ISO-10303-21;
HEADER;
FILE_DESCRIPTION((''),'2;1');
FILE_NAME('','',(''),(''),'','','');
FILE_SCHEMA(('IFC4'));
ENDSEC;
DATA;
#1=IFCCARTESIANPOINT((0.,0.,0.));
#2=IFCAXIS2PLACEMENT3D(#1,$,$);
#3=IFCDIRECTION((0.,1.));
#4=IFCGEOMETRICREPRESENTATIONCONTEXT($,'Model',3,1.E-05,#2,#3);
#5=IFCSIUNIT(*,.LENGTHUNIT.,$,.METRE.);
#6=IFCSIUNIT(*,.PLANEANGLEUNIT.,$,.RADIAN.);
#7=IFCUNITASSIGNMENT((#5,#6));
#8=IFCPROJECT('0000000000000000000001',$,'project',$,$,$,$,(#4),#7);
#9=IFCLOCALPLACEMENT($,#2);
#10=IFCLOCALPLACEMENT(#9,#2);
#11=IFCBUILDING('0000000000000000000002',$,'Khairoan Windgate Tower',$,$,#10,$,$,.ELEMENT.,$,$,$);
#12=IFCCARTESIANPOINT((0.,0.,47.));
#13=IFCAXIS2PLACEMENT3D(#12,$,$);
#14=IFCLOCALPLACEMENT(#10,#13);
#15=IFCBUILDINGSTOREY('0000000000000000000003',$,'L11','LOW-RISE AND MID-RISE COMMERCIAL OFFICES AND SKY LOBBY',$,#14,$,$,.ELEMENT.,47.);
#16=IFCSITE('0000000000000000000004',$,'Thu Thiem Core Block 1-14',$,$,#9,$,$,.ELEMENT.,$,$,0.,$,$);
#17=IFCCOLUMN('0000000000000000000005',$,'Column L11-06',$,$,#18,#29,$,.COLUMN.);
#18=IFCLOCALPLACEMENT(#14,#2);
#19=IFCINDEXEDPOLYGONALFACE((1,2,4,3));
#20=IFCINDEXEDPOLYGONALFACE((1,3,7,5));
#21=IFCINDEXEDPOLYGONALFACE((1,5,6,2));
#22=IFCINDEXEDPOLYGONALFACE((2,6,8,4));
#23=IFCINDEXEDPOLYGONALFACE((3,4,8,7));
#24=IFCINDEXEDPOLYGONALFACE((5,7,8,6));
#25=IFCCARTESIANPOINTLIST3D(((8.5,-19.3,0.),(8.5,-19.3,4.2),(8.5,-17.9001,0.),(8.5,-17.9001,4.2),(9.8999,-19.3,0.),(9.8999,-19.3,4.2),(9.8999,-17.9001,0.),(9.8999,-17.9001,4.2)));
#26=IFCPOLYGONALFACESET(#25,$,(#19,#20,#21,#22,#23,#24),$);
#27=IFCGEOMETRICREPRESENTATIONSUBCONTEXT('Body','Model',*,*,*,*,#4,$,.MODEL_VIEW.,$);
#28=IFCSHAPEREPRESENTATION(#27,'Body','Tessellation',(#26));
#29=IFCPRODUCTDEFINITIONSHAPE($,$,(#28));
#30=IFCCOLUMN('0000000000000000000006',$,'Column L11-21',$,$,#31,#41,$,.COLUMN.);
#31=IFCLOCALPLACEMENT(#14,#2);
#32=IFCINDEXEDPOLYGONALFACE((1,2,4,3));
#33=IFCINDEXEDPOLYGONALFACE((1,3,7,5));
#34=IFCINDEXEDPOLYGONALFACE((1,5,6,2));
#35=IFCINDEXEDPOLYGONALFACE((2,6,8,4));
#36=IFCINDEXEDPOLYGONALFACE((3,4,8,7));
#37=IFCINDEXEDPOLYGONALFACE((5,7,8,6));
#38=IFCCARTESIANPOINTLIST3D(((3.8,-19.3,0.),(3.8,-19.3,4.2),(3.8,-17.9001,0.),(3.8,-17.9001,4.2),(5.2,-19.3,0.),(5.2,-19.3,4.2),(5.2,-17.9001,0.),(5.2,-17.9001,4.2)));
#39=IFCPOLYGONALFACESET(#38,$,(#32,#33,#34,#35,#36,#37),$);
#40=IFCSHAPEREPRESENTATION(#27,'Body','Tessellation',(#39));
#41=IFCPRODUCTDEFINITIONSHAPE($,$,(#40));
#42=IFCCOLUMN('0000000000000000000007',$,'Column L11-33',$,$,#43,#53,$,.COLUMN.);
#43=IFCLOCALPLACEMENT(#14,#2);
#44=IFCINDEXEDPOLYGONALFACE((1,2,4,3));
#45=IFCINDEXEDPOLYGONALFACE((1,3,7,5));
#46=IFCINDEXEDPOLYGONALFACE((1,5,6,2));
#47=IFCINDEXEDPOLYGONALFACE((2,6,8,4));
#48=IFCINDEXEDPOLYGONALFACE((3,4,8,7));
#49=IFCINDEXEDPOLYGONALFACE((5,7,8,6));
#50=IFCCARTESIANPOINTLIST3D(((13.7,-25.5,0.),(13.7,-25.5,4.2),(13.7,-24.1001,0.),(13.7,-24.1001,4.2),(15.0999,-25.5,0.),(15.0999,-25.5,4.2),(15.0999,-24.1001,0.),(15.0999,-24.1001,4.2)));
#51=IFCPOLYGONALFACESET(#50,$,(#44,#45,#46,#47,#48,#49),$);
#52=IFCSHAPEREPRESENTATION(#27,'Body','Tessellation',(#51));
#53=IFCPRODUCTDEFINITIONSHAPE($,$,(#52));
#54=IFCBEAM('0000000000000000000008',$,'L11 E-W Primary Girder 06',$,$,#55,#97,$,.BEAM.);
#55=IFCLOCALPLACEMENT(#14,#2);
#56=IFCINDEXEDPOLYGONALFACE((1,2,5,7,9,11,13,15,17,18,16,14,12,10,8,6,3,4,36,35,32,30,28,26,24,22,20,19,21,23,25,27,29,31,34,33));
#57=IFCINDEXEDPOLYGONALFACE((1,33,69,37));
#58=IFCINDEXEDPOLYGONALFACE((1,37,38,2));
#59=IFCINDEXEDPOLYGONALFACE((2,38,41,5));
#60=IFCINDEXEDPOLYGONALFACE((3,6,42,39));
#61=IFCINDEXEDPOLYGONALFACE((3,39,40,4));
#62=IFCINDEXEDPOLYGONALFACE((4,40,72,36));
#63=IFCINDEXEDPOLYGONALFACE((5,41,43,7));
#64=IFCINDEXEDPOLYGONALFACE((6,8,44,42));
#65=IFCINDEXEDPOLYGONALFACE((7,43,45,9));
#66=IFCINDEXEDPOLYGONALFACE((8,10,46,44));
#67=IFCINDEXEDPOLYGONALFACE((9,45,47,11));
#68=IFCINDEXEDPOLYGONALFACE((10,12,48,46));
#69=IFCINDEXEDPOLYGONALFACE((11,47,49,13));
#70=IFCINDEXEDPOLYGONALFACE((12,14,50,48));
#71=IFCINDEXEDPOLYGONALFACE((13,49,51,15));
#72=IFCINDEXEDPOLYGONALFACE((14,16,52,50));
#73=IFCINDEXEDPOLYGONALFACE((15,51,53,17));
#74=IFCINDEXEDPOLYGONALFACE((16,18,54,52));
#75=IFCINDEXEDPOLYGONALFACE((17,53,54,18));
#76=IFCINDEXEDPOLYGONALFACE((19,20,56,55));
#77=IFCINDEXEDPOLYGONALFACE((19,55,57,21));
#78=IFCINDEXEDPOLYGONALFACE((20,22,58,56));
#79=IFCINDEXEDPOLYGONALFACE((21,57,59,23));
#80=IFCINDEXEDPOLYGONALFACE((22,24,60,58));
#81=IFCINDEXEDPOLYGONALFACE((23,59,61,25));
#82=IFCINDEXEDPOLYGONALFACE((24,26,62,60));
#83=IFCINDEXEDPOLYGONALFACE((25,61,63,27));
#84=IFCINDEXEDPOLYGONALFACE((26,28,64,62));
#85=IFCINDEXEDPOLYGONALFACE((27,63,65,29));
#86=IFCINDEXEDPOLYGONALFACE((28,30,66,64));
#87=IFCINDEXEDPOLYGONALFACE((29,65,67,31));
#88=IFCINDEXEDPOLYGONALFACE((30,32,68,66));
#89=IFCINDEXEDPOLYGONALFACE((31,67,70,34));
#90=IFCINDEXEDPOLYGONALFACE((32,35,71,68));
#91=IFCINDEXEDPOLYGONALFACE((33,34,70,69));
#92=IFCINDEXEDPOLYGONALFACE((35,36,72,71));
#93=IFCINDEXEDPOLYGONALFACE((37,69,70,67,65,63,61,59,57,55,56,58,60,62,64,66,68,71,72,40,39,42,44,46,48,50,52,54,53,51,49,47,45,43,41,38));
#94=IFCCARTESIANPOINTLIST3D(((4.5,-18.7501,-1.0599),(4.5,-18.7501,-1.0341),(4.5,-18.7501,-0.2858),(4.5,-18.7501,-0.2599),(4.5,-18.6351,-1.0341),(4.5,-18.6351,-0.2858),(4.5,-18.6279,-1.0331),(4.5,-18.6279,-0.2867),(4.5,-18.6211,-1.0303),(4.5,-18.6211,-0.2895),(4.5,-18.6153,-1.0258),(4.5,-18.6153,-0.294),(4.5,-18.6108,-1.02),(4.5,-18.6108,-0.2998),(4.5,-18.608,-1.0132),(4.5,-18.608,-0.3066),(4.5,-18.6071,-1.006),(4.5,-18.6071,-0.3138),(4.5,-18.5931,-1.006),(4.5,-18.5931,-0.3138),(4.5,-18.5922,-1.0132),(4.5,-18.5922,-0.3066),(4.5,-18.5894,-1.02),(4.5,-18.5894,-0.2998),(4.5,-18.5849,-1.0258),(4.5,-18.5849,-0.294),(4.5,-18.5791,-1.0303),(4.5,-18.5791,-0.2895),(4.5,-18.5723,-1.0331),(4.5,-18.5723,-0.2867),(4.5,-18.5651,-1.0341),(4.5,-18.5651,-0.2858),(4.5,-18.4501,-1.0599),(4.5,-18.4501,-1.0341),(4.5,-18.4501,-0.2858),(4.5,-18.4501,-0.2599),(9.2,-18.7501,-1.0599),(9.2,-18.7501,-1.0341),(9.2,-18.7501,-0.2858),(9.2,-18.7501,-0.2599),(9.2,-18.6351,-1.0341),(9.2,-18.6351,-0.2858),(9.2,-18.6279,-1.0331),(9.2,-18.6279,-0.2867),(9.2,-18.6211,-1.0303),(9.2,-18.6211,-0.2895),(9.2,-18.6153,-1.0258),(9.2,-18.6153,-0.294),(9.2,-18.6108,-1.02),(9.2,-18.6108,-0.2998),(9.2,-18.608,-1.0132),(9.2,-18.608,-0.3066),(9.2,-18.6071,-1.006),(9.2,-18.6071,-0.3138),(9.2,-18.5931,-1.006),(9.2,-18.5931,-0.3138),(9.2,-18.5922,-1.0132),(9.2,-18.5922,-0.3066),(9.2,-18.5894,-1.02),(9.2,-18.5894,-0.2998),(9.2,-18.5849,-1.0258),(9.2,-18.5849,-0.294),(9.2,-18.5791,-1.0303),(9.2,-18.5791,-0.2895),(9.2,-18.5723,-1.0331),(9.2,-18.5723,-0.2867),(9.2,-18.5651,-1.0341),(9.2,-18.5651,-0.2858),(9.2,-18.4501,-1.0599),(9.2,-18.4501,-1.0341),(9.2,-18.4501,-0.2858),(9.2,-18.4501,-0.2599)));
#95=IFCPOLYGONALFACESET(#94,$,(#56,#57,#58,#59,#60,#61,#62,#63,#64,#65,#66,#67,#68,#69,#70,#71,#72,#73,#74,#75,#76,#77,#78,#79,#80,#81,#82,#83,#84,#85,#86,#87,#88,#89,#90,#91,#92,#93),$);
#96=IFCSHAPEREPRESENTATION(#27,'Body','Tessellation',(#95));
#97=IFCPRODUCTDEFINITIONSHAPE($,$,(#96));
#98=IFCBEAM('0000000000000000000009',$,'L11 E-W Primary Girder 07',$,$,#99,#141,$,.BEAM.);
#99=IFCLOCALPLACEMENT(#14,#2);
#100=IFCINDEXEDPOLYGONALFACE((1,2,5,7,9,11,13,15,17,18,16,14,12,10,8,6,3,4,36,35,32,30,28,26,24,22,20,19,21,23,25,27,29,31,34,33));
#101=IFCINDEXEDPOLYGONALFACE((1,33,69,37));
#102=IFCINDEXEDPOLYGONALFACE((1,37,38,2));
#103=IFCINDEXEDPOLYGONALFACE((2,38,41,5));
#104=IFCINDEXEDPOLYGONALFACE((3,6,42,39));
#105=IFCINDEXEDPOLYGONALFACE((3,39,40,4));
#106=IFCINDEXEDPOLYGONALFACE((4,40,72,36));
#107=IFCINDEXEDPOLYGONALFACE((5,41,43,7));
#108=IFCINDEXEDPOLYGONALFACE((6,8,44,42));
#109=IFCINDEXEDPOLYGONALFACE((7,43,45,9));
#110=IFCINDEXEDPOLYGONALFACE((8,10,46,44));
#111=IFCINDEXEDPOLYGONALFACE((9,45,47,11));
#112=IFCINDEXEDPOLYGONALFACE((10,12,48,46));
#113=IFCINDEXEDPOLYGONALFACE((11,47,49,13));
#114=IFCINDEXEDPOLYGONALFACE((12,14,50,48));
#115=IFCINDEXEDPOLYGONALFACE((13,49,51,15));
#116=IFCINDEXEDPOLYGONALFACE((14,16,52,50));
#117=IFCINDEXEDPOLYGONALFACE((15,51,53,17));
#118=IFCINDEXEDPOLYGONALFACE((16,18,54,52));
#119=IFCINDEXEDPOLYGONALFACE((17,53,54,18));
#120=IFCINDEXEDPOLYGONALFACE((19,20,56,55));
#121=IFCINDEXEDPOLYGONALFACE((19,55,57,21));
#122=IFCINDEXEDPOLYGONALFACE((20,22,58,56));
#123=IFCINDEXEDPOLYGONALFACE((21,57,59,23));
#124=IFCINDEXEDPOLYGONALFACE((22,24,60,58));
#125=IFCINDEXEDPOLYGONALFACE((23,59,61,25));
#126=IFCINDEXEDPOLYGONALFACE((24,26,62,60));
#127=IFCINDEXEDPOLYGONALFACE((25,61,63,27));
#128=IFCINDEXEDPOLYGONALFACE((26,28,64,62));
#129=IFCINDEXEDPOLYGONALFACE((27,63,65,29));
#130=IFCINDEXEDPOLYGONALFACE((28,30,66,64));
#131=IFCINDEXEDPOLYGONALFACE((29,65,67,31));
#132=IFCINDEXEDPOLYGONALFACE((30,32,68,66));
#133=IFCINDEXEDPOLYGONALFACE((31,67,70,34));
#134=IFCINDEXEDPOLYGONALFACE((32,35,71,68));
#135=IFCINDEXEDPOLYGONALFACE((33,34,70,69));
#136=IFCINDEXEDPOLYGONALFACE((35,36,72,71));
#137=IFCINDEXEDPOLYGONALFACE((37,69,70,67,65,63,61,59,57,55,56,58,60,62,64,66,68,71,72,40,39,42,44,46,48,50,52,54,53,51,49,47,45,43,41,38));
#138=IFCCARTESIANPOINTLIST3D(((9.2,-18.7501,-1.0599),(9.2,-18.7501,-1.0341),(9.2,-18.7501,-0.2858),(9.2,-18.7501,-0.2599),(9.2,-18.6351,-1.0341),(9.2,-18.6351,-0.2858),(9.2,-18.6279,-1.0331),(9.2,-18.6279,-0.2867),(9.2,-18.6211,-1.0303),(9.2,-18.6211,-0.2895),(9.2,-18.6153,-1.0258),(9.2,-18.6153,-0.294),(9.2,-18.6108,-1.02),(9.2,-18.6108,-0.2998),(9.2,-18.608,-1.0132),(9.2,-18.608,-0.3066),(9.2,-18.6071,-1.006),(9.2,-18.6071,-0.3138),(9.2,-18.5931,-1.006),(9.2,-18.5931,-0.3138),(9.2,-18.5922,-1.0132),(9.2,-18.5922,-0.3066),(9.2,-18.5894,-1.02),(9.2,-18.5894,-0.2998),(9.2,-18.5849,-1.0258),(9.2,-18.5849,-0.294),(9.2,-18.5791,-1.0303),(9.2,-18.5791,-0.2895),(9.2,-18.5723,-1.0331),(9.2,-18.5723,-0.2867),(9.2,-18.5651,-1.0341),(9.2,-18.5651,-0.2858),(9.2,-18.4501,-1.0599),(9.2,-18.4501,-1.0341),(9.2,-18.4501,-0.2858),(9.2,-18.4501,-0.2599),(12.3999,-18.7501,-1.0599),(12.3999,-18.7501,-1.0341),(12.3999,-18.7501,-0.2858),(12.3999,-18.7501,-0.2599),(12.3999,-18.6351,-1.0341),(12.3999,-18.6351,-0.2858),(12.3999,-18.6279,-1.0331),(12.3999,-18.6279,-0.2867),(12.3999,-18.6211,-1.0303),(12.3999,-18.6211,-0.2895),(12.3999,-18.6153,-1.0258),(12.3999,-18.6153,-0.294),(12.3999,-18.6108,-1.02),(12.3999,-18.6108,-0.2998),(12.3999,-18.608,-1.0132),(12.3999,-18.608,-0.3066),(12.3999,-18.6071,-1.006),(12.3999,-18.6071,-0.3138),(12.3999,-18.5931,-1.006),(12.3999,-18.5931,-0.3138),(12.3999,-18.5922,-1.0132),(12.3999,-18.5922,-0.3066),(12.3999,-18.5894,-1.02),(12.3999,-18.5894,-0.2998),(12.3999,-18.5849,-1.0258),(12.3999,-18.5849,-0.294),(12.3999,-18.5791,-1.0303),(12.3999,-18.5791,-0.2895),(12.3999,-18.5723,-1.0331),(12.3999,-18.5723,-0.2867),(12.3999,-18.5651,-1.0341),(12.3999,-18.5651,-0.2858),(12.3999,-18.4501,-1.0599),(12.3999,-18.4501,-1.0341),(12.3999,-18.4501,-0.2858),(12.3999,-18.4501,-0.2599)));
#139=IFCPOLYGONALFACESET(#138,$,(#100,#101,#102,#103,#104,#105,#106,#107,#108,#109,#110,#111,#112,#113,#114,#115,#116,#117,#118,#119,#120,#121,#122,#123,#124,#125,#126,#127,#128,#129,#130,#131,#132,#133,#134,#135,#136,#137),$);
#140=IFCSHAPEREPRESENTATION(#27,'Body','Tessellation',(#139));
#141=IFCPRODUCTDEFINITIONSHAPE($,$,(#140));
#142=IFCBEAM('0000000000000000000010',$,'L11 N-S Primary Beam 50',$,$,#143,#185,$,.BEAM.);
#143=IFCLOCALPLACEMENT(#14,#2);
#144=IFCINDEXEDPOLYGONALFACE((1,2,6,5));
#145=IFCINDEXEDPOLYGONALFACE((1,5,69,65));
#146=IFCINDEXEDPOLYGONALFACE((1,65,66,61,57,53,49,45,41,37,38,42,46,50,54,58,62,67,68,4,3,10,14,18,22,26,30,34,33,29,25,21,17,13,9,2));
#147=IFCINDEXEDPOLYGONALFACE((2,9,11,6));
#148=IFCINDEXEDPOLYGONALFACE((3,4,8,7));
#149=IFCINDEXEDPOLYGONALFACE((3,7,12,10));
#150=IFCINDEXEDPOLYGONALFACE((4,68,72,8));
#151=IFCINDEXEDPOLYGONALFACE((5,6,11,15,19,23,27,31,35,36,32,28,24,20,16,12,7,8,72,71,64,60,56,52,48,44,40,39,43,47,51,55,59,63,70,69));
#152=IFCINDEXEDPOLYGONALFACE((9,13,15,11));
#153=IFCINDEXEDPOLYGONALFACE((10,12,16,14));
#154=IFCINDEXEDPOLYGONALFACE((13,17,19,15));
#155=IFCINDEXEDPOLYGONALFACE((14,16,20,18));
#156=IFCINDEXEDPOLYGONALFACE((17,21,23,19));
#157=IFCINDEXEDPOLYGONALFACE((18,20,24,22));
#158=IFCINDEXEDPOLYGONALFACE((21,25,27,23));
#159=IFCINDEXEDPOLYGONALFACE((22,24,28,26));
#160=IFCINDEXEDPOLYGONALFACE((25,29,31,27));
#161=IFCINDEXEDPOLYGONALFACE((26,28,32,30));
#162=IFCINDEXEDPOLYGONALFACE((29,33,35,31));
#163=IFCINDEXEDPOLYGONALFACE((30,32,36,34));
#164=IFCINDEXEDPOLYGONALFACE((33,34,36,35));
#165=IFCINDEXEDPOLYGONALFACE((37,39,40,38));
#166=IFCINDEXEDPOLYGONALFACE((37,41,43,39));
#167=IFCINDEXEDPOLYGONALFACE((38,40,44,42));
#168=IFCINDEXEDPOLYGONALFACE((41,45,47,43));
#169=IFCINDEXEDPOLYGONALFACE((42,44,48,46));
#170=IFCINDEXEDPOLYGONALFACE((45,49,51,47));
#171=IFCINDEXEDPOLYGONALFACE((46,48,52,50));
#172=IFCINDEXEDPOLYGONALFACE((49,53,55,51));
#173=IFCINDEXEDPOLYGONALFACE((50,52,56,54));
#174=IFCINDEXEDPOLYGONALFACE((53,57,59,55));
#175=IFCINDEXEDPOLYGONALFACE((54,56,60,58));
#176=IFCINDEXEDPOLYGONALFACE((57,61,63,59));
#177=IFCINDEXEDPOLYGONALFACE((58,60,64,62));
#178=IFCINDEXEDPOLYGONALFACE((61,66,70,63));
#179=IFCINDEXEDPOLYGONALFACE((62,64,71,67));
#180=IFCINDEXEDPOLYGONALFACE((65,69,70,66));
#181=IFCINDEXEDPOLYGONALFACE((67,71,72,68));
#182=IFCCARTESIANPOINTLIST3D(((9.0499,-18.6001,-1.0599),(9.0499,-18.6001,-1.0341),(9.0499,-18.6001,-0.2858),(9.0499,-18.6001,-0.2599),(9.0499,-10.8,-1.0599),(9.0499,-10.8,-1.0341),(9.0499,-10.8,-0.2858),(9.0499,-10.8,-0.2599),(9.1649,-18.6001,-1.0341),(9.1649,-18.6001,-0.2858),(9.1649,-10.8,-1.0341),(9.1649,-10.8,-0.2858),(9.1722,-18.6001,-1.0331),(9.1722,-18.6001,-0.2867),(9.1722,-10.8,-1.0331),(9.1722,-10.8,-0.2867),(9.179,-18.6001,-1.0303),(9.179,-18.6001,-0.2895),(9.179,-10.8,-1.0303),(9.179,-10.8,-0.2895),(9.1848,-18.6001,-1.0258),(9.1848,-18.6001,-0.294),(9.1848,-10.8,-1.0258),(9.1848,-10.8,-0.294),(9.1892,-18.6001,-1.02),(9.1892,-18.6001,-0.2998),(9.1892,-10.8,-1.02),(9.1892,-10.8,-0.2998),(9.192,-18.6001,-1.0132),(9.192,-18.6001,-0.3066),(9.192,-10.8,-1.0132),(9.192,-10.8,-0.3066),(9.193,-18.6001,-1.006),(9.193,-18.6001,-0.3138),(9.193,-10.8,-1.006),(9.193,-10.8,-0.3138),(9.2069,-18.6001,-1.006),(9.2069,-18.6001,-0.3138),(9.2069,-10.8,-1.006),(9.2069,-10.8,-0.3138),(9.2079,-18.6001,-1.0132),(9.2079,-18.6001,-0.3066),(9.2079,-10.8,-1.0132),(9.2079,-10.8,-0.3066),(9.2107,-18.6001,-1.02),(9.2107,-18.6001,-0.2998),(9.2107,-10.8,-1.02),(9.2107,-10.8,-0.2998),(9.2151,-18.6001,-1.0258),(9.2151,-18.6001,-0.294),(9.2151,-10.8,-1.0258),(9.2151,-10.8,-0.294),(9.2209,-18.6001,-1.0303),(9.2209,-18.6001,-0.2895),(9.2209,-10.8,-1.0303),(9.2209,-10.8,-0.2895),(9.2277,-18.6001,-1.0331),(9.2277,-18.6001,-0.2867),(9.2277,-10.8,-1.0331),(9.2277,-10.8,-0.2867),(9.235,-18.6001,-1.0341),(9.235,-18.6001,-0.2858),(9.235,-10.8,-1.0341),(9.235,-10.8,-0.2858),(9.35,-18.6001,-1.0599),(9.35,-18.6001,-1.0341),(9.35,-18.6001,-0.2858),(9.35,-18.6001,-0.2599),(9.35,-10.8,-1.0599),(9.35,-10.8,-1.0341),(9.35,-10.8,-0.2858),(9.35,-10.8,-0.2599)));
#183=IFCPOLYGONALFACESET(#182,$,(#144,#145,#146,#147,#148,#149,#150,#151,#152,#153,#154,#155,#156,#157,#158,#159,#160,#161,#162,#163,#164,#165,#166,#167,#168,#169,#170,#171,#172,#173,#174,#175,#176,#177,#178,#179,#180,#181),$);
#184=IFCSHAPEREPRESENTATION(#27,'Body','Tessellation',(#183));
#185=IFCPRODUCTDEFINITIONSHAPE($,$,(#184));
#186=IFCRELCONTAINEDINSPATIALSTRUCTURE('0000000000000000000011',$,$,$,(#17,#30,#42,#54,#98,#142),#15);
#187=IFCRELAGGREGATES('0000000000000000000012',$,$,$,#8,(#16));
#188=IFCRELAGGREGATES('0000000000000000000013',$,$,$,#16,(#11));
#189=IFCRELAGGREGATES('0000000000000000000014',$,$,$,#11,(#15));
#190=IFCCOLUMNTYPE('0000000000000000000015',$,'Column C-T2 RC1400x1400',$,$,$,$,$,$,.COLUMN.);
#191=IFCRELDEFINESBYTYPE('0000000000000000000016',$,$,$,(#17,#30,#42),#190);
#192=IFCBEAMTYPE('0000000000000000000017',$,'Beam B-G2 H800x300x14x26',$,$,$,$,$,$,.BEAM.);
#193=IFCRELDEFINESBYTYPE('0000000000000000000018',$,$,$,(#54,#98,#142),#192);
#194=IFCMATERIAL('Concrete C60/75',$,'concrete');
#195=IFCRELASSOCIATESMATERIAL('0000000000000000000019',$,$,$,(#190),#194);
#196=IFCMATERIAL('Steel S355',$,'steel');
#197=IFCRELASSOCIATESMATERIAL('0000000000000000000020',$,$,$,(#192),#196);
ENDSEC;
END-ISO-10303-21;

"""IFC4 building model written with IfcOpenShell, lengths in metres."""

from ifc_helpers import new_model, si_unit, direction, frame, origin, origin_2d, place, context, subcontext, project, spatial, rectangle, i_section, extrude, material, material_profile, profile_set, type_object, element, save


model = new_model("IFC4")

# Units and contexts
model_context = context("Model", 3, precision=1e-05, world=origin(), true_north=direction((0.0, 1.0)))
body_context = subcontext(model_context, "Body", "Model", "MODEL_VIEW")
ifc_project = project(units=[si_unit("LENGTHUNIT", "METRE"), si_unit("PLANEANGLEUNIT", "RADIAN")], contexts=[model_context])

# Site, building, storey
site_placement = place(None, origin())
site = spatial("IfcSite", under=ifc_project, at=site_placement, Name="Thu Thiem Core Block 1-14", CompositionType="ELEMENT", RefElevation=0.0)
building_placement = place(site_placement, origin())
building = spatial("IfcBuilding", under=site, at=building_placement, Name="Khairoan Windgate Tower", CompositionType="ELEMENT")
storey_placement = place(building_placement, frame((0.0, 0.0, 47.0)))
storey = spatial("IfcBuildingStorey", under=building, at=storey_placement, Name="L11", Description="LOW-RISE AND MID-RISE COMMERCIAL OFFICES AND SKY LOBBY", CompositionType="ELEMENT", Elevation=47.0)

# Columns
ifc_material_1 = material(Name="Concrete C60/75", Category="concrete")
ifc_material_profile_1 = material_profile(ifc_material_1, rectangle(XDim=1.3999, YDim=1.3999, at=origin_2d()))
ifc_profile_set_1 = profile_set([ifc_material_profile_1], Name="Concrete C60/75")
column_type = type_object("IfcColumnType", Name="Column C-T2 RC1400x1400", PredefinedType="COLUMN", material=ifc_profile_set_1)
for number, where, z_axis, x_axis, name in (
    (1, (9.2, -18.6001, 0.0), (0.0, 0.0, 1.0), (1.0, 0.0, 0.0), "Column L11-06"),
    (2, (4.5, -18.6001, 0.0), (0.0, 0.0, 1.0), (1.0, 0.0, 0.0), "Column L11-21"),
    (3, (14.3999, -24.8, 0.0), (0.0, 0.0, 1.0), (1.0, 0.0, 0.0), "Column L11-33"),
):
    element("IfcColumn", number, at=place(storey_placement, frame(where, z_axis=z_axis, x_axis=x_axis)), inside=storey, type_object=column_type, Name=name, PredefinedType="COLUMN", context=body_context, shape_type="SweptSolid", body=[
        extrude(rectangle(XDim=1.3999, YDim=1.3999, at=origin_2d()), origin(), (0.0, 0.0, 1.0), 4.2),
    ])

# Beams
ifc_material_2 = material(Name="Steel S355", Category="steel")
ifc_material_profile_2 = material_profile(ifc_material_2, i_section(OverallWidth=0.3, OverallDepth=0.8, WebThickness=0.0139, FlangeThickness=0.0259, FilletRadius=0.0281, at=origin_2d()))
ifc_profile_set_2 = profile_set([ifc_material_profile_2], Name="Steel S355")
beam_type_1 = type_object("IfcBeamType", Name="Beam B-G2 H800x300x14x26", PredefinedType="BEAM", material=ifc_profile_set_2)
beam_1_placement = place(storey_placement, frame((4.5, -18.6001, -0.6599), z_axis=(1.0, 0.0, 0.0), x_axis=(0.0, 1.0, 0.0)))
element("IfcBeam", 4, at=beam_1_placement, inside=storey, type_object=beam_type_1, Name="L11 E-W Primary Girder 06", PredefinedType="BEAM", context=body_context, shape_type="SweptSolid", body=[
    extrude(i_section(OverallWidth=0.3, OverallDepth=0.8, WebThickness=0.0139, FlangeThickness=0.0259, FilletRadius=0.0281, at=origin_2d()), origin(), (0.0, 0.0, 1.0), 4.7),
])
beam_2_placement = place(storey_placement, frame((9.2, -18.6001, -0.6599), z_axis=(1.0, 0.0, 0.0), x_axis=(0.0, 1.0, 0.0)))
element("IfcBeam", 5, at=beam_2_placement, inside=storey, type_object=beam_type_1, Name="L11 E-W Primary Girder 07", PredefinedType="BEAM", context=body_context, shape_type="SweptSolid", body=[
    extrude(i_section(OverallWidth=0.3, OverallDepth=0.8, WebThickness=0.0139, FlangeThickness=0.0259, FilletRadius=0.0281, at=origin_2d()), origin(), (0.0, 0.0, 1.0), 3.2),
])
for number, where, z_axis, x_axis, name in (
    (6, (9.2, -18.6001, -0.6599), (0.0, 1.0, 0.0), (-1.0, 0.0, 0.0), "L11 N-S Primary Beam 50"),
):
    element("IfcBeam", number, at=place(storey_placement, frame(where, z_axis=z_axis, x_axis=x_axis)), inside=storey, type_object=beam_type_1, Name=name, PredefinedType="BEAM", context=body_context, shape_type="SweptSolid", body=[
        extrude(i_section(OverallWidth=0.3, OverallDepth=0.8, WebThickness=0.0139, FlangeThickness=0.0259, FilletRadius=0.0281, at=origin_2d()), origin(), (0.0, 0.0, 1.0), 7.8),
    ])

save(model, "model.ifc")
